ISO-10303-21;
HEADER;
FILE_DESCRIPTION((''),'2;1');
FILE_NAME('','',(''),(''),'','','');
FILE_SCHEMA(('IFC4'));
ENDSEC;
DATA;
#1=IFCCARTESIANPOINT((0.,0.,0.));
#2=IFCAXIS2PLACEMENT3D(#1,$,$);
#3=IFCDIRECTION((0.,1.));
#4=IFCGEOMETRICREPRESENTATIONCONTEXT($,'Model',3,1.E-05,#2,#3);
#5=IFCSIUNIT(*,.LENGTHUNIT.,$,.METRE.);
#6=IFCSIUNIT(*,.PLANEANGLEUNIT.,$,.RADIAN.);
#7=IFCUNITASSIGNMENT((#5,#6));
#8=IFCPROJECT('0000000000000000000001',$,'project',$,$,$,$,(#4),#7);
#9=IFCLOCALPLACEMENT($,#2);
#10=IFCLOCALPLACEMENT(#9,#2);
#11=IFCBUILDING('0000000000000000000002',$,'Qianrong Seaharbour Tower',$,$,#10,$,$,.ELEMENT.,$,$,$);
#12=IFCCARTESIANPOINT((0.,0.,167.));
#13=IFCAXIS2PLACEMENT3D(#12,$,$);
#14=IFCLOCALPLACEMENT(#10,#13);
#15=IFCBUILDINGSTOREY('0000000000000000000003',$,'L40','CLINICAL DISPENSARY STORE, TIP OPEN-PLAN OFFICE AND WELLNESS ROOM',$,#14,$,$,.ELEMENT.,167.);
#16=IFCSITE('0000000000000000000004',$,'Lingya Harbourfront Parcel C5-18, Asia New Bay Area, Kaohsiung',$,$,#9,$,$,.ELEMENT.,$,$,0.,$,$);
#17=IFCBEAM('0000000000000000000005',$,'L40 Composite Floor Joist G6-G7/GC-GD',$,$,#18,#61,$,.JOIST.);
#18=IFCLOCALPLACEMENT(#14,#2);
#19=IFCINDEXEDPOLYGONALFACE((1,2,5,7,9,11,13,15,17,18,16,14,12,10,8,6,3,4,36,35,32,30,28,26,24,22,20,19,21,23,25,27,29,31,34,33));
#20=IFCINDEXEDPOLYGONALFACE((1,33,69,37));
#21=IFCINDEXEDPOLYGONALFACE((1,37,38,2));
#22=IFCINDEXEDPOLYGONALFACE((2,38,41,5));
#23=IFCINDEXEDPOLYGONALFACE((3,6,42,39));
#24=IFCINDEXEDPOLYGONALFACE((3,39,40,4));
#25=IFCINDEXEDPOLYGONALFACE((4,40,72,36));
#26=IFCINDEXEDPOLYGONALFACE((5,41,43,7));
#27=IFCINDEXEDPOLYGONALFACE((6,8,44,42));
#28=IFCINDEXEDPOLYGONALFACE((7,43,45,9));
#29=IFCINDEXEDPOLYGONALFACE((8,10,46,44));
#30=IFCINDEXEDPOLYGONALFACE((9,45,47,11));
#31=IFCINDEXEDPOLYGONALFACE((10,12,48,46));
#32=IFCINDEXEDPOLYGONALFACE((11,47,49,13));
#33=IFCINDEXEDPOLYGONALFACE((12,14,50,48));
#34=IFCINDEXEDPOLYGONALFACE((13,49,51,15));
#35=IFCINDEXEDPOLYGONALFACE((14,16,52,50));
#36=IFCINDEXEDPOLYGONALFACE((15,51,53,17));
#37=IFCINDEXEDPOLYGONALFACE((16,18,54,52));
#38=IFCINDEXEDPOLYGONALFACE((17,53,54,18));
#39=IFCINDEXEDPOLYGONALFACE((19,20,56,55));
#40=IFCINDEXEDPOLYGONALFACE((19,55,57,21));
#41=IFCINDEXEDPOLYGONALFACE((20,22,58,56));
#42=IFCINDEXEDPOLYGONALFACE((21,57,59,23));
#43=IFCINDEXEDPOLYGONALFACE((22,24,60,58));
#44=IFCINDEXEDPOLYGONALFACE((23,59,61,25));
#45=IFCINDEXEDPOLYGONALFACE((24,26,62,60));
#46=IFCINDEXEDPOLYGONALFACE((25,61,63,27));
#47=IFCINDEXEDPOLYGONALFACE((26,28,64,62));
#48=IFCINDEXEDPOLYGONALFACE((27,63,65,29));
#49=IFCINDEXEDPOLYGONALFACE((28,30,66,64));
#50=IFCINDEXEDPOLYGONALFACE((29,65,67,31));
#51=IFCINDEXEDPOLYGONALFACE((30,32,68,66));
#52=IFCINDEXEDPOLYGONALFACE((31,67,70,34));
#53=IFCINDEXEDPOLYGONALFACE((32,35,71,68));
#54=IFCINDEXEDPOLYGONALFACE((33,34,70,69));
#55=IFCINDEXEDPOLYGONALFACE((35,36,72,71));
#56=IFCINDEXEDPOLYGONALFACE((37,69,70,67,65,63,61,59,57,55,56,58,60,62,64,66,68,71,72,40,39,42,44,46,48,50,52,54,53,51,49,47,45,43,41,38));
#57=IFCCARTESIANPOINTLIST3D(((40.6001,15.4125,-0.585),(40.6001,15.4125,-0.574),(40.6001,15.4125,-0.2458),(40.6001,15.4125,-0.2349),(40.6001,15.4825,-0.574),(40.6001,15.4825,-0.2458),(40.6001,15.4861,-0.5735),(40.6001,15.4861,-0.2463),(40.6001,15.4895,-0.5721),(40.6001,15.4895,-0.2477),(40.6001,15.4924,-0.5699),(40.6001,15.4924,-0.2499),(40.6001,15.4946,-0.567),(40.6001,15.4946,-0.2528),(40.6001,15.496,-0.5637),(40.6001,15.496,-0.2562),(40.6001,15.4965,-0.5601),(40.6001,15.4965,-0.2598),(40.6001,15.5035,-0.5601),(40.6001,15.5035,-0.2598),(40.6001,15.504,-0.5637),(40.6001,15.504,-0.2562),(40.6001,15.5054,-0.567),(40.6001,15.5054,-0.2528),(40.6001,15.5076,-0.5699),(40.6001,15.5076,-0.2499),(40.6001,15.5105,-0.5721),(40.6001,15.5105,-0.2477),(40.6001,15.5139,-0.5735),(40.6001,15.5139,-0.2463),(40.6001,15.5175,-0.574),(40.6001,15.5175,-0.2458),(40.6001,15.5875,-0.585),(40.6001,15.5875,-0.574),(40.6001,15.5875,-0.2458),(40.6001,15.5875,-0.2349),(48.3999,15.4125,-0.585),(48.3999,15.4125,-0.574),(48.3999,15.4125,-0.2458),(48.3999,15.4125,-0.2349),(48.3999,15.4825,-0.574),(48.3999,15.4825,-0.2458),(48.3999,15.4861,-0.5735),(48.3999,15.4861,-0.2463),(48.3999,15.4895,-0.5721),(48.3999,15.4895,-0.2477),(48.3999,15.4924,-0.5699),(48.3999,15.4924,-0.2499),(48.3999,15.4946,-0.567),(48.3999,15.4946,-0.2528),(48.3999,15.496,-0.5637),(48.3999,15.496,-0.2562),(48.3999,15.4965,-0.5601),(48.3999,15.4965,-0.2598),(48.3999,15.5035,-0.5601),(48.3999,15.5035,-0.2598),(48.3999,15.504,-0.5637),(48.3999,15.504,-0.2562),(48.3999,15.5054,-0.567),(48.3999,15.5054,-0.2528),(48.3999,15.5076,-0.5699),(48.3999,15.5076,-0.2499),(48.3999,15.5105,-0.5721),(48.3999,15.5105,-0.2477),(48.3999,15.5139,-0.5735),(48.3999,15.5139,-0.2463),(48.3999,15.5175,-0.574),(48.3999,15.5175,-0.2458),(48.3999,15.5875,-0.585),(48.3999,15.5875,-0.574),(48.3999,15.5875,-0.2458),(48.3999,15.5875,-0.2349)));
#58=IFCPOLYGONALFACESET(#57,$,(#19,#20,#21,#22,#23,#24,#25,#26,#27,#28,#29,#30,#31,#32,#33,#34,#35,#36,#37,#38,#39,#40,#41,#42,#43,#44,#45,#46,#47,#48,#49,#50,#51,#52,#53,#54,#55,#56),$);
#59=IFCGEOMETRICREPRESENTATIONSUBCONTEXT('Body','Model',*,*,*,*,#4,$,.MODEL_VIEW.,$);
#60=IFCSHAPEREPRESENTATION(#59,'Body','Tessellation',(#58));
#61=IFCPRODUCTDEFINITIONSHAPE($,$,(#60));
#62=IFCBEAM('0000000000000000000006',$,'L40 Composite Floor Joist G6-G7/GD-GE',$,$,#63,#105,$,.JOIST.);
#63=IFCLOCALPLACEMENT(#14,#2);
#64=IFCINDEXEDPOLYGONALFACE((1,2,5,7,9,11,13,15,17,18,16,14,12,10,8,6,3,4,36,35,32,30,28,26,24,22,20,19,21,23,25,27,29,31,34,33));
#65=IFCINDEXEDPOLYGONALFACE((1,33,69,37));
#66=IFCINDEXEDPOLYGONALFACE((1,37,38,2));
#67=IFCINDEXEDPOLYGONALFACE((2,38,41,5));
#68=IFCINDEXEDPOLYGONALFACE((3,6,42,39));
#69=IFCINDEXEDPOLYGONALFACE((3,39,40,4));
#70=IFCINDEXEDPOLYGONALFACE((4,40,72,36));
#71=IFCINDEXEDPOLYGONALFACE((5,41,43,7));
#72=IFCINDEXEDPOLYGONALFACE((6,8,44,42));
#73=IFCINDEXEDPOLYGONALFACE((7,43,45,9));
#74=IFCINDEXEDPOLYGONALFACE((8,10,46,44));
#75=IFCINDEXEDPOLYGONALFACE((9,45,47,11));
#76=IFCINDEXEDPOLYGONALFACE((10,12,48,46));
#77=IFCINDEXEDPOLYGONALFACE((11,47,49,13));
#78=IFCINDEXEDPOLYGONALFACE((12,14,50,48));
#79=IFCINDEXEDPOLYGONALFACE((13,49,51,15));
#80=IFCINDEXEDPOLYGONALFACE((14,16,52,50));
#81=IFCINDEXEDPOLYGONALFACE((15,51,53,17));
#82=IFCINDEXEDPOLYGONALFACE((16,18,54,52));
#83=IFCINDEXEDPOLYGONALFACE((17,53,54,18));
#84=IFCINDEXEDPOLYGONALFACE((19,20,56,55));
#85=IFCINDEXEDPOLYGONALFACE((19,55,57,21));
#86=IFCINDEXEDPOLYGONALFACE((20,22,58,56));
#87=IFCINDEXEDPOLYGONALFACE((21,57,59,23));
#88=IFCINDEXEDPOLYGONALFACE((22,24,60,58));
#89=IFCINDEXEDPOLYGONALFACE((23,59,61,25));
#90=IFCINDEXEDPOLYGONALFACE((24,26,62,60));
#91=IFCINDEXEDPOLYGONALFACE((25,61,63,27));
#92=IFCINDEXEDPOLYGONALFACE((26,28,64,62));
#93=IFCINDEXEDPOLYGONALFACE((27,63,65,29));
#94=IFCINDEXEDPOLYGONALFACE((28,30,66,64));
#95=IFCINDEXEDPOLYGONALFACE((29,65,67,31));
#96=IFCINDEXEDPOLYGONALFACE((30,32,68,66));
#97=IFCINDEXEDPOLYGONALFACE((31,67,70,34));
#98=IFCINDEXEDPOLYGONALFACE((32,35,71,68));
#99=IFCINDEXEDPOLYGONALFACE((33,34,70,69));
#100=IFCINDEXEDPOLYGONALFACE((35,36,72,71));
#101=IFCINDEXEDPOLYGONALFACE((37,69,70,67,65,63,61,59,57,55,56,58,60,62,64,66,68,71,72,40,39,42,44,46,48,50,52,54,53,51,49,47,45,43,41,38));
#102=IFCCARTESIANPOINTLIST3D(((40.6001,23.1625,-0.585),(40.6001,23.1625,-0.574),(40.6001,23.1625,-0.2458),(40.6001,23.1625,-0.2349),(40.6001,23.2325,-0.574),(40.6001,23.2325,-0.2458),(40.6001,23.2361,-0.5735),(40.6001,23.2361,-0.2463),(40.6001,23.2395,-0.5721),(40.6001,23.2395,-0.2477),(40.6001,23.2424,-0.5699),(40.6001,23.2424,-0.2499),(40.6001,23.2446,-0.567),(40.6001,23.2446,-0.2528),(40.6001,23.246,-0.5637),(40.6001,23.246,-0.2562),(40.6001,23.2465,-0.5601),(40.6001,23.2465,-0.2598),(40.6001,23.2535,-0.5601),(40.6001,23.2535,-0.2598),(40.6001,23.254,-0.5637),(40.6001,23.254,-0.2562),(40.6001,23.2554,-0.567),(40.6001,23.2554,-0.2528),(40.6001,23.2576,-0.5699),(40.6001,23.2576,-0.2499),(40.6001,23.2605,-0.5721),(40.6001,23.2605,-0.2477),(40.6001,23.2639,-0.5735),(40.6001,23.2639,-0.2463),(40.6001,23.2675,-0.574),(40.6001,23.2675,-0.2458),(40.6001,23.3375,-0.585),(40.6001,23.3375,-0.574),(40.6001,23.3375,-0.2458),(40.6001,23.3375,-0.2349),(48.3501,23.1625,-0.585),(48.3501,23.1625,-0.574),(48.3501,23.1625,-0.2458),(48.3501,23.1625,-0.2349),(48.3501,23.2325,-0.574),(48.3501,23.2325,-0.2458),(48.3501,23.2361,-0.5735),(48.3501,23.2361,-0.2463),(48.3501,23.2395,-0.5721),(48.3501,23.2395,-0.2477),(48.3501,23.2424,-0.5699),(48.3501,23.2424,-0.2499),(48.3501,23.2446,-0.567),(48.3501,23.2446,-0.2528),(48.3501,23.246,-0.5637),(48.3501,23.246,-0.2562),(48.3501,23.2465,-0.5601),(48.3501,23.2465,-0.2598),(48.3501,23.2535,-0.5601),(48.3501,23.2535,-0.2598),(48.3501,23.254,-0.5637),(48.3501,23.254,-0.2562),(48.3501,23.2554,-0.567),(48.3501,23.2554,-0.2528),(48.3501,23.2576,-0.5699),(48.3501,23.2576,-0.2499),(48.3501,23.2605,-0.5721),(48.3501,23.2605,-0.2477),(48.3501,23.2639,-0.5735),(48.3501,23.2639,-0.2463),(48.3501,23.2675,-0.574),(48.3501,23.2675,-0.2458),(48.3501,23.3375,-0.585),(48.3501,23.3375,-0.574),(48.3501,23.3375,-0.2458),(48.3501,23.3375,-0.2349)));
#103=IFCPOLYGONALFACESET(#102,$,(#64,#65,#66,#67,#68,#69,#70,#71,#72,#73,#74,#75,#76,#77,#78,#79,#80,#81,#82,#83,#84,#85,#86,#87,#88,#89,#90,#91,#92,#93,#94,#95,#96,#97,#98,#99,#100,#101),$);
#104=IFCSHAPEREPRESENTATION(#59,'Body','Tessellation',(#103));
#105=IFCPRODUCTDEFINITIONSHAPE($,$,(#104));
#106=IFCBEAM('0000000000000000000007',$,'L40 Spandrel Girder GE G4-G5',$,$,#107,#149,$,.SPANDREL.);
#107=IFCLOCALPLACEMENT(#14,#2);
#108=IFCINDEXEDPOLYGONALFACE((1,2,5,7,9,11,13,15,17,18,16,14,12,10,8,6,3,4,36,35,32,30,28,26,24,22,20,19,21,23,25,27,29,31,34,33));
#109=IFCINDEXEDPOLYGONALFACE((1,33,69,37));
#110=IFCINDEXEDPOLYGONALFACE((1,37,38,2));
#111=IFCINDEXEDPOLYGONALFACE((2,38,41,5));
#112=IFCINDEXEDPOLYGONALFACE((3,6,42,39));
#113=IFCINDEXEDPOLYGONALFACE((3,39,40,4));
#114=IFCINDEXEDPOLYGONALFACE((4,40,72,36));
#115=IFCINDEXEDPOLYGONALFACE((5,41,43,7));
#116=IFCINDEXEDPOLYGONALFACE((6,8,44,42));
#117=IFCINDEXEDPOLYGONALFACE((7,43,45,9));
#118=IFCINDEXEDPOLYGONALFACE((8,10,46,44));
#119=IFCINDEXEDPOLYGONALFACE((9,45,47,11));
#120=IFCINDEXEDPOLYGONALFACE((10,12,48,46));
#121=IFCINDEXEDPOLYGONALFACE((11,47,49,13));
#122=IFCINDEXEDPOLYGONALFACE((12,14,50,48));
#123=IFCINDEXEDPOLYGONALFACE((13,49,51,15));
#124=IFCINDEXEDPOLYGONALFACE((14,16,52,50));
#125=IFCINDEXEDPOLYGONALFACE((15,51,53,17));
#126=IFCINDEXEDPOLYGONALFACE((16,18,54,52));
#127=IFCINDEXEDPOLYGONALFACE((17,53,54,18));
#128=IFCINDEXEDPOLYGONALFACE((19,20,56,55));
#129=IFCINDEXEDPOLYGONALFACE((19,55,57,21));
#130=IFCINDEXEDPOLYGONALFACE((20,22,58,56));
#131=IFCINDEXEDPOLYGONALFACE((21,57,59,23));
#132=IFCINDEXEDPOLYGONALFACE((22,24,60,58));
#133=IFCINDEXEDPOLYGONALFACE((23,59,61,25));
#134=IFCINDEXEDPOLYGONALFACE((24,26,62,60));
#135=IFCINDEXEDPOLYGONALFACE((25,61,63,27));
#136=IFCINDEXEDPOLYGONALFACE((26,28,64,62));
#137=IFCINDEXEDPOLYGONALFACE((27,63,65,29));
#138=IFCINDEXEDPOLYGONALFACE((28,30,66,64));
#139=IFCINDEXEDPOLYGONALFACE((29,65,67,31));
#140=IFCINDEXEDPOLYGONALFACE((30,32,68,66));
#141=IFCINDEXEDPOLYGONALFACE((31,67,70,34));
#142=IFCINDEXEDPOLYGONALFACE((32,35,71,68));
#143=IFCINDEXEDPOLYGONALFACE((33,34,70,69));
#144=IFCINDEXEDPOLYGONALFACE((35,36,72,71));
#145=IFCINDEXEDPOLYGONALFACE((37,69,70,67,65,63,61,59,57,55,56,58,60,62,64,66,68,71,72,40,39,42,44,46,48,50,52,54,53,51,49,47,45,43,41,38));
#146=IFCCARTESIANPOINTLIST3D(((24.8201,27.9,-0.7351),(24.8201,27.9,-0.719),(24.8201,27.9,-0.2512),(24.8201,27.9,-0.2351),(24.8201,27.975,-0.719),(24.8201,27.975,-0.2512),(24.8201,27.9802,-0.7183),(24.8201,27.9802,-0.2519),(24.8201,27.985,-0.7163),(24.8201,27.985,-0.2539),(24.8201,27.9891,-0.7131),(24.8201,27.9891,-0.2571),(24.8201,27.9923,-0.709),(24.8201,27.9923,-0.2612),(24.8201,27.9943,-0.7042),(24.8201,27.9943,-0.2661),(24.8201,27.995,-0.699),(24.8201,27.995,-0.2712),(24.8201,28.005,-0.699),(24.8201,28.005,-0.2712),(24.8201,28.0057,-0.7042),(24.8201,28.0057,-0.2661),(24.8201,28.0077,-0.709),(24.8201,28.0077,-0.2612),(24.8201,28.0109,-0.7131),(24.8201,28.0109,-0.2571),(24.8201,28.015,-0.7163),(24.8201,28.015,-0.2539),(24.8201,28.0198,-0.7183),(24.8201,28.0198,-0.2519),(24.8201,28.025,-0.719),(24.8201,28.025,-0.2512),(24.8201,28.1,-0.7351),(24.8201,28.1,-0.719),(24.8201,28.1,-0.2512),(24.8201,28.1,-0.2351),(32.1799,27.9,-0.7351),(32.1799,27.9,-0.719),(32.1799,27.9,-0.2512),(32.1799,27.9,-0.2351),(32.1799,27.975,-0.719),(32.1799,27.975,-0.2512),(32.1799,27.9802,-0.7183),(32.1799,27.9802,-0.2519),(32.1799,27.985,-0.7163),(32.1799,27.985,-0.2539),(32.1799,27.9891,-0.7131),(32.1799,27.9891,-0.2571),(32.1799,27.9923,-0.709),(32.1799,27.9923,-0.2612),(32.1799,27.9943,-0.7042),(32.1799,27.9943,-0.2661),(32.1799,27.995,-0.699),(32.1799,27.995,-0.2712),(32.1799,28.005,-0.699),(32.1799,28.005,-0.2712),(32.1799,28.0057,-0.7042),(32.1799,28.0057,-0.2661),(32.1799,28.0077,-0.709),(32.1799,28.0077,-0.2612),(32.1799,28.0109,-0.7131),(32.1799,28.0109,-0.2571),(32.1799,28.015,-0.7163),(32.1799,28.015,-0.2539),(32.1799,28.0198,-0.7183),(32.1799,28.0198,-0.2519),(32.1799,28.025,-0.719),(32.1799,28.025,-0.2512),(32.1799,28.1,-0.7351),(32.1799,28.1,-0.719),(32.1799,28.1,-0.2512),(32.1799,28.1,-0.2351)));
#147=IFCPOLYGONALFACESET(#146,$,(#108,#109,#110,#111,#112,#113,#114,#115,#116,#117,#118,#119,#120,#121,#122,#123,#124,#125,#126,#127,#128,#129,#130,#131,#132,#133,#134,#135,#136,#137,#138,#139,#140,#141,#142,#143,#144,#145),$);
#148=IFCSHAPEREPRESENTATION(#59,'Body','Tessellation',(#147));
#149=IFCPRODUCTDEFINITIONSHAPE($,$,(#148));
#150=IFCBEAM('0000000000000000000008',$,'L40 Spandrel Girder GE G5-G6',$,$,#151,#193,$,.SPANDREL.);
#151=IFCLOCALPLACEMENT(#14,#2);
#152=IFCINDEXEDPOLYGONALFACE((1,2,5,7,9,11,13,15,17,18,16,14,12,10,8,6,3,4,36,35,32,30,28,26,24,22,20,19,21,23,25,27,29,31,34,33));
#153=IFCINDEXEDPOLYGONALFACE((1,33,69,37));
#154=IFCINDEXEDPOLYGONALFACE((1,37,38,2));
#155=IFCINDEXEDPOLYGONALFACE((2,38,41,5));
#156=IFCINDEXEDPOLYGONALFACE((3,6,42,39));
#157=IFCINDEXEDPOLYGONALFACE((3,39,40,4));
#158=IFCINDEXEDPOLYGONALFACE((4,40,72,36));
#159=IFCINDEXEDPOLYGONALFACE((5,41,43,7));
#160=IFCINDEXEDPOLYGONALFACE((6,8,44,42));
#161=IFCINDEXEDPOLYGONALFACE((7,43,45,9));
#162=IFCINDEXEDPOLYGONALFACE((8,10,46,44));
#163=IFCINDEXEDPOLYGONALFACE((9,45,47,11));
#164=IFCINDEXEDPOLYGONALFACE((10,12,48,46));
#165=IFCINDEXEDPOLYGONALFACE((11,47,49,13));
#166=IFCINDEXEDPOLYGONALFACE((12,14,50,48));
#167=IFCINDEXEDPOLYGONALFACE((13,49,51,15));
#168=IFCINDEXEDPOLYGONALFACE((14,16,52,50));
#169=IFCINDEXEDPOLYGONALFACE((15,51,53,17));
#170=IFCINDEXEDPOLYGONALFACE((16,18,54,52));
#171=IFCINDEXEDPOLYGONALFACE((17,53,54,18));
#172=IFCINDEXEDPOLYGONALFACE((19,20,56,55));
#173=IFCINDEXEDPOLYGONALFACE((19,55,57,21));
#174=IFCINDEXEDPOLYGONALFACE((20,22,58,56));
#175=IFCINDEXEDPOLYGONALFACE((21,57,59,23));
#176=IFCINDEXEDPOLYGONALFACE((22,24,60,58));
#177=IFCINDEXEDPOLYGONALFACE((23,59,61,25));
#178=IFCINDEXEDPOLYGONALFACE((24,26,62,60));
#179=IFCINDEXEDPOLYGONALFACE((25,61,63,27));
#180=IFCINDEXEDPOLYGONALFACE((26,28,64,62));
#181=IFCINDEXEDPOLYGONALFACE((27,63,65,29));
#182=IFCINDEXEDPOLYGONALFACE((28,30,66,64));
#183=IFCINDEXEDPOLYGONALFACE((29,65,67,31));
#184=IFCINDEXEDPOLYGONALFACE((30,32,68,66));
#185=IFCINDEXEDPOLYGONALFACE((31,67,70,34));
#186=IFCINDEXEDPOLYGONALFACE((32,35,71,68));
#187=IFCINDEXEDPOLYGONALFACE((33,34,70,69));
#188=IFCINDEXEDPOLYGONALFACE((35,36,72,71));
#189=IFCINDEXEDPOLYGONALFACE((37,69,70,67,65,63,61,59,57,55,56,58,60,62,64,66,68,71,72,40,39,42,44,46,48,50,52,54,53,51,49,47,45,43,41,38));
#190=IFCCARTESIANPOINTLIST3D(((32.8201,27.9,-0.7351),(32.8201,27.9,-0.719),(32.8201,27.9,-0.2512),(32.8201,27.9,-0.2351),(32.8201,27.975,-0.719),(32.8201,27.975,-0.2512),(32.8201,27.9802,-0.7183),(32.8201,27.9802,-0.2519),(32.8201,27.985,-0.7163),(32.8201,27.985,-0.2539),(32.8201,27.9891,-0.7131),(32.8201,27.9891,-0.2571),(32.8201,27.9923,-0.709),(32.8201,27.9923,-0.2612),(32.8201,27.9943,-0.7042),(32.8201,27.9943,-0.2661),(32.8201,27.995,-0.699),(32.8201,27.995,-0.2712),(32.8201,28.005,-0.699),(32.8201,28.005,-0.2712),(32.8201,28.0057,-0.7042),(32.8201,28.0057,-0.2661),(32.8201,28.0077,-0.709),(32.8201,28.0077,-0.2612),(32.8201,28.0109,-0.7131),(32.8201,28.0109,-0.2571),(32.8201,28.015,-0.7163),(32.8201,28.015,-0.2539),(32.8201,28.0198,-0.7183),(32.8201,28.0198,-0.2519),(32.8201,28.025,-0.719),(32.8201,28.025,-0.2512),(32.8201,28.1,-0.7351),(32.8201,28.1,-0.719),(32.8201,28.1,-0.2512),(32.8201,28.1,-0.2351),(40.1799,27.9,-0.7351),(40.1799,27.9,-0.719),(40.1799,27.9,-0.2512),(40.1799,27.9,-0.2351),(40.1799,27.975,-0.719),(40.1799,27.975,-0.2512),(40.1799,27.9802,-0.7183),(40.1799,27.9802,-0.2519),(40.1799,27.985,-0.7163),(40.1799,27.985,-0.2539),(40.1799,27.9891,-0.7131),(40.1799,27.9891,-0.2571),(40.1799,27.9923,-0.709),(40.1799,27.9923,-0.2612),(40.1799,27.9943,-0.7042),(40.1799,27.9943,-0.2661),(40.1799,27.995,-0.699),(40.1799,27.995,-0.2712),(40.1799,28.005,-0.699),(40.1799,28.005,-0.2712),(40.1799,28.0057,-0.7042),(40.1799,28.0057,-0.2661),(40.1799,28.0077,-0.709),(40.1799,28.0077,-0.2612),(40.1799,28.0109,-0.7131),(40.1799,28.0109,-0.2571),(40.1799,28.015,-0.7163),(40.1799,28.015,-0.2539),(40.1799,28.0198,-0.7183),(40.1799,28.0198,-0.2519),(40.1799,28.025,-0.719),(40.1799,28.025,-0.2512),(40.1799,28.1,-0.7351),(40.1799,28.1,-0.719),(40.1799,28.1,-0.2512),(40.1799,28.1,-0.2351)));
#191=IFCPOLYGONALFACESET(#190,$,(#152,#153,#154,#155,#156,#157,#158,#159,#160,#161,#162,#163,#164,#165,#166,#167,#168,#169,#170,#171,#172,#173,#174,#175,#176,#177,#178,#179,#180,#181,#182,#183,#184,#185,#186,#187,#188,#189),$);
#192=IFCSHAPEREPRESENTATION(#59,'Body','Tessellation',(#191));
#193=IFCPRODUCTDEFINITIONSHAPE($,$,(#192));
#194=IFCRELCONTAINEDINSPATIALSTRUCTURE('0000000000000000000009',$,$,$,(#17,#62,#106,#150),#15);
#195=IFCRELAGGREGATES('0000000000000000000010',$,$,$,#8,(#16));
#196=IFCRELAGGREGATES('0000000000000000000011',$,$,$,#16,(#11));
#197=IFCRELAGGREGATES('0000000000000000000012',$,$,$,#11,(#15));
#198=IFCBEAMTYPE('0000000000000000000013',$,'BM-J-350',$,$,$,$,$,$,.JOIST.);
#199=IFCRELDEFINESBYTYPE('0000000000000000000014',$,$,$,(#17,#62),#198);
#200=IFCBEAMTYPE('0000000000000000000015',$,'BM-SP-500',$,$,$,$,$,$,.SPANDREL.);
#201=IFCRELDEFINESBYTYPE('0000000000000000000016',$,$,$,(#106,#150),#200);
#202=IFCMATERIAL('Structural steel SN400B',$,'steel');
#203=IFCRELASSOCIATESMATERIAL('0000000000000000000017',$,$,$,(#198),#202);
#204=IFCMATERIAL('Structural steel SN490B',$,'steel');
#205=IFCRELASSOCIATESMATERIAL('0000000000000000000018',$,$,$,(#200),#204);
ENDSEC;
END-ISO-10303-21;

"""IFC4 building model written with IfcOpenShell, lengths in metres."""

from ifc_helpers import new_model, si_unit, direction, frame, origin, origin_2d, place, context, subcontext, project, spatial, i_section, extrude, material, material_profile, profile_set, type_object, element, save


model = new_model("IFC4")

# Units and contexts
model_context = context("Model", 3, precision=1e-05, world=origin(), true_north=direction((0.0, 1.0)))
body_context = subcontext(model_context, "Body", "Model", "MODEL_VIEW")
ifc_project = project(units=[si_unit("LENGTHUNIT", "METRE"), si_unit("PLANEANGLEUNIT", "RADIAN")], contexts=[model_context])

# Site, building, storey
site_placement = place(None, origin())
site = spatial("IfcSite", under=ifc_project, at=site_placement, Name="Lingya Harbourfront Parcel C5-18, Asia New Bay Area, Kaohsiung", CompositionType="ELEMENT", RefElevation=0.0)
building_placement = place(site_placement, origin())
building = spatial("IfcBuilding", under=site, at=building_placement, Name="Qianrong Seaharbour Tower", CompositionType="ELEMENT")
storey_placement = place(building_placement, frame((0.0, 0.0, 167.0)))
storey = spatial("IfcBuildingStorey", under=building, at=storey_placement, Name="L40", Description="CLINICAL DISPENSARY STORE, TIP OPEN-PLAN OFFICE AND WELLNESS ROOM", CompositionType="ELEMENT", Elevation=167.0)

# Shared definitions
ifc_material_1 = material(Name="Structural steel SN490B", Category="steel")

# Beams
ifc_material_2 = material(Name="Structural steel SN400B", Category="steel")
ifc_material_profile_1 = material_profile(ifc_material_2, i_section(OverallWidth=0.175, OverallDepth=0.3501, WebThickness=0.0071, FlangeThickness=0.011, FilletRadius=0.0139, at=origin_2d()), Name="H350x175x7x11")
ifc_profile_set_1 = profile_set([ifc_material_profile_1], Name="Structural steel SN400B")
beam_type_1 = type_object("IfcBeamType", Name="BM-J-350", PredefinedType="JOIST", material=ifc_profile_set_1)
beam_1_placement = place(storey_placement, frame((40.6001, 15.5, -0.4099), z_axis=(1.0, 0.0, 0.0), x_axis=(0.0, 1.0, 0.0)))
element("IfcBeam", 1, at=beam_1_placement, inside=storey, type_object=beam_type_1, Name="L40 Composite Floor Joist G6-G7/GC-GD", PredefinedType="JOIST", context=body_context, shape_type="SweptSolid", body=[
    extrude(i_section(OverallWidth=0.175, OverallDepth=0.3501, WebThickness=0.0071, FlangeThickness=0.011, FilletRadius=0.0139, at=origin_2d()), origin(), (0.0, 0.0, 1.0), 7.7998),
])
beam_2_placement = place(storey_placement, frame((40.6001, 23.25, -0.4099), z_axis=(1.0, 0.0, 0.0), x_axis=(0.0, 1.0, 0.0)))
element("IfcBeam", 2, at=beam_2_placement, inside=storey, type_object=beam_type_1, Name="L40 Composite Floor Joist G6-G7/GD-GE", PredefinedType="JOIST", context=body_context, shape_type="SweptSolid", body=[
    extrude(i_section(OverallWidth=0.175, OverallDepth=0.3501, WebThickness=0.0071, FlangeThickness=0.011, FilletRadius=0.0139, at=origin_2d()), origin(), (0.0, 0.0, 1.0), 7.75),
])
ifc_material_profile_2 = material_profile(ifc_material_1, i_section(OverallWidth=0.2, OverallDepth=0.5, WebThickness=0.01, FlangeThickness=0.0161, FilletRadius=0.02, at=origin_2d()), Name="H500x200x10x16")
ifc_profile_set_2 = profile_set([ifc_material_profile_2], Name="Structural steel SN490B")
beam_type_2 = type_object("IfcBeamType", Name="BM-SP-500", PredefinedType="SPANDREL", material=ifc_profile_set_2)
for number, where, z_axis, x_axis, name in (
    (3, (24.8201, 28.0, -0.4851), (1.0, 0.0, 0.0), (0.0, 1.0, 0.0), "L40 Spandrel Girder GE G4-G5"),
    (4, (32.8201, 28.0, -0.4851), (1.0, 0.0, 0.0), (0.0, 1.0, 0.0), "L40 Spandrel Girder GE G5-G6"),
):
    element("IfcBeam", number, at=place(storey_placement, frame(where, z_axis=z_axis, x_axis=x_axis)), inside=storey, type_object=beam_type_2, Name=name, PredefinedType="SPANDREL", context=body_context, shape_type="SweptSolid", body=[
        extrude(i_section(OverallWidth=0.2, OverallDepth=0.5, WebThickness=0.01, FlangeThickness=0.0161, FilletRadius=0.02, at=origin_2d()), origin(), (0.0, 0.0, 1.0), 7.3599),
    ])

save(model, "model.ifc")
